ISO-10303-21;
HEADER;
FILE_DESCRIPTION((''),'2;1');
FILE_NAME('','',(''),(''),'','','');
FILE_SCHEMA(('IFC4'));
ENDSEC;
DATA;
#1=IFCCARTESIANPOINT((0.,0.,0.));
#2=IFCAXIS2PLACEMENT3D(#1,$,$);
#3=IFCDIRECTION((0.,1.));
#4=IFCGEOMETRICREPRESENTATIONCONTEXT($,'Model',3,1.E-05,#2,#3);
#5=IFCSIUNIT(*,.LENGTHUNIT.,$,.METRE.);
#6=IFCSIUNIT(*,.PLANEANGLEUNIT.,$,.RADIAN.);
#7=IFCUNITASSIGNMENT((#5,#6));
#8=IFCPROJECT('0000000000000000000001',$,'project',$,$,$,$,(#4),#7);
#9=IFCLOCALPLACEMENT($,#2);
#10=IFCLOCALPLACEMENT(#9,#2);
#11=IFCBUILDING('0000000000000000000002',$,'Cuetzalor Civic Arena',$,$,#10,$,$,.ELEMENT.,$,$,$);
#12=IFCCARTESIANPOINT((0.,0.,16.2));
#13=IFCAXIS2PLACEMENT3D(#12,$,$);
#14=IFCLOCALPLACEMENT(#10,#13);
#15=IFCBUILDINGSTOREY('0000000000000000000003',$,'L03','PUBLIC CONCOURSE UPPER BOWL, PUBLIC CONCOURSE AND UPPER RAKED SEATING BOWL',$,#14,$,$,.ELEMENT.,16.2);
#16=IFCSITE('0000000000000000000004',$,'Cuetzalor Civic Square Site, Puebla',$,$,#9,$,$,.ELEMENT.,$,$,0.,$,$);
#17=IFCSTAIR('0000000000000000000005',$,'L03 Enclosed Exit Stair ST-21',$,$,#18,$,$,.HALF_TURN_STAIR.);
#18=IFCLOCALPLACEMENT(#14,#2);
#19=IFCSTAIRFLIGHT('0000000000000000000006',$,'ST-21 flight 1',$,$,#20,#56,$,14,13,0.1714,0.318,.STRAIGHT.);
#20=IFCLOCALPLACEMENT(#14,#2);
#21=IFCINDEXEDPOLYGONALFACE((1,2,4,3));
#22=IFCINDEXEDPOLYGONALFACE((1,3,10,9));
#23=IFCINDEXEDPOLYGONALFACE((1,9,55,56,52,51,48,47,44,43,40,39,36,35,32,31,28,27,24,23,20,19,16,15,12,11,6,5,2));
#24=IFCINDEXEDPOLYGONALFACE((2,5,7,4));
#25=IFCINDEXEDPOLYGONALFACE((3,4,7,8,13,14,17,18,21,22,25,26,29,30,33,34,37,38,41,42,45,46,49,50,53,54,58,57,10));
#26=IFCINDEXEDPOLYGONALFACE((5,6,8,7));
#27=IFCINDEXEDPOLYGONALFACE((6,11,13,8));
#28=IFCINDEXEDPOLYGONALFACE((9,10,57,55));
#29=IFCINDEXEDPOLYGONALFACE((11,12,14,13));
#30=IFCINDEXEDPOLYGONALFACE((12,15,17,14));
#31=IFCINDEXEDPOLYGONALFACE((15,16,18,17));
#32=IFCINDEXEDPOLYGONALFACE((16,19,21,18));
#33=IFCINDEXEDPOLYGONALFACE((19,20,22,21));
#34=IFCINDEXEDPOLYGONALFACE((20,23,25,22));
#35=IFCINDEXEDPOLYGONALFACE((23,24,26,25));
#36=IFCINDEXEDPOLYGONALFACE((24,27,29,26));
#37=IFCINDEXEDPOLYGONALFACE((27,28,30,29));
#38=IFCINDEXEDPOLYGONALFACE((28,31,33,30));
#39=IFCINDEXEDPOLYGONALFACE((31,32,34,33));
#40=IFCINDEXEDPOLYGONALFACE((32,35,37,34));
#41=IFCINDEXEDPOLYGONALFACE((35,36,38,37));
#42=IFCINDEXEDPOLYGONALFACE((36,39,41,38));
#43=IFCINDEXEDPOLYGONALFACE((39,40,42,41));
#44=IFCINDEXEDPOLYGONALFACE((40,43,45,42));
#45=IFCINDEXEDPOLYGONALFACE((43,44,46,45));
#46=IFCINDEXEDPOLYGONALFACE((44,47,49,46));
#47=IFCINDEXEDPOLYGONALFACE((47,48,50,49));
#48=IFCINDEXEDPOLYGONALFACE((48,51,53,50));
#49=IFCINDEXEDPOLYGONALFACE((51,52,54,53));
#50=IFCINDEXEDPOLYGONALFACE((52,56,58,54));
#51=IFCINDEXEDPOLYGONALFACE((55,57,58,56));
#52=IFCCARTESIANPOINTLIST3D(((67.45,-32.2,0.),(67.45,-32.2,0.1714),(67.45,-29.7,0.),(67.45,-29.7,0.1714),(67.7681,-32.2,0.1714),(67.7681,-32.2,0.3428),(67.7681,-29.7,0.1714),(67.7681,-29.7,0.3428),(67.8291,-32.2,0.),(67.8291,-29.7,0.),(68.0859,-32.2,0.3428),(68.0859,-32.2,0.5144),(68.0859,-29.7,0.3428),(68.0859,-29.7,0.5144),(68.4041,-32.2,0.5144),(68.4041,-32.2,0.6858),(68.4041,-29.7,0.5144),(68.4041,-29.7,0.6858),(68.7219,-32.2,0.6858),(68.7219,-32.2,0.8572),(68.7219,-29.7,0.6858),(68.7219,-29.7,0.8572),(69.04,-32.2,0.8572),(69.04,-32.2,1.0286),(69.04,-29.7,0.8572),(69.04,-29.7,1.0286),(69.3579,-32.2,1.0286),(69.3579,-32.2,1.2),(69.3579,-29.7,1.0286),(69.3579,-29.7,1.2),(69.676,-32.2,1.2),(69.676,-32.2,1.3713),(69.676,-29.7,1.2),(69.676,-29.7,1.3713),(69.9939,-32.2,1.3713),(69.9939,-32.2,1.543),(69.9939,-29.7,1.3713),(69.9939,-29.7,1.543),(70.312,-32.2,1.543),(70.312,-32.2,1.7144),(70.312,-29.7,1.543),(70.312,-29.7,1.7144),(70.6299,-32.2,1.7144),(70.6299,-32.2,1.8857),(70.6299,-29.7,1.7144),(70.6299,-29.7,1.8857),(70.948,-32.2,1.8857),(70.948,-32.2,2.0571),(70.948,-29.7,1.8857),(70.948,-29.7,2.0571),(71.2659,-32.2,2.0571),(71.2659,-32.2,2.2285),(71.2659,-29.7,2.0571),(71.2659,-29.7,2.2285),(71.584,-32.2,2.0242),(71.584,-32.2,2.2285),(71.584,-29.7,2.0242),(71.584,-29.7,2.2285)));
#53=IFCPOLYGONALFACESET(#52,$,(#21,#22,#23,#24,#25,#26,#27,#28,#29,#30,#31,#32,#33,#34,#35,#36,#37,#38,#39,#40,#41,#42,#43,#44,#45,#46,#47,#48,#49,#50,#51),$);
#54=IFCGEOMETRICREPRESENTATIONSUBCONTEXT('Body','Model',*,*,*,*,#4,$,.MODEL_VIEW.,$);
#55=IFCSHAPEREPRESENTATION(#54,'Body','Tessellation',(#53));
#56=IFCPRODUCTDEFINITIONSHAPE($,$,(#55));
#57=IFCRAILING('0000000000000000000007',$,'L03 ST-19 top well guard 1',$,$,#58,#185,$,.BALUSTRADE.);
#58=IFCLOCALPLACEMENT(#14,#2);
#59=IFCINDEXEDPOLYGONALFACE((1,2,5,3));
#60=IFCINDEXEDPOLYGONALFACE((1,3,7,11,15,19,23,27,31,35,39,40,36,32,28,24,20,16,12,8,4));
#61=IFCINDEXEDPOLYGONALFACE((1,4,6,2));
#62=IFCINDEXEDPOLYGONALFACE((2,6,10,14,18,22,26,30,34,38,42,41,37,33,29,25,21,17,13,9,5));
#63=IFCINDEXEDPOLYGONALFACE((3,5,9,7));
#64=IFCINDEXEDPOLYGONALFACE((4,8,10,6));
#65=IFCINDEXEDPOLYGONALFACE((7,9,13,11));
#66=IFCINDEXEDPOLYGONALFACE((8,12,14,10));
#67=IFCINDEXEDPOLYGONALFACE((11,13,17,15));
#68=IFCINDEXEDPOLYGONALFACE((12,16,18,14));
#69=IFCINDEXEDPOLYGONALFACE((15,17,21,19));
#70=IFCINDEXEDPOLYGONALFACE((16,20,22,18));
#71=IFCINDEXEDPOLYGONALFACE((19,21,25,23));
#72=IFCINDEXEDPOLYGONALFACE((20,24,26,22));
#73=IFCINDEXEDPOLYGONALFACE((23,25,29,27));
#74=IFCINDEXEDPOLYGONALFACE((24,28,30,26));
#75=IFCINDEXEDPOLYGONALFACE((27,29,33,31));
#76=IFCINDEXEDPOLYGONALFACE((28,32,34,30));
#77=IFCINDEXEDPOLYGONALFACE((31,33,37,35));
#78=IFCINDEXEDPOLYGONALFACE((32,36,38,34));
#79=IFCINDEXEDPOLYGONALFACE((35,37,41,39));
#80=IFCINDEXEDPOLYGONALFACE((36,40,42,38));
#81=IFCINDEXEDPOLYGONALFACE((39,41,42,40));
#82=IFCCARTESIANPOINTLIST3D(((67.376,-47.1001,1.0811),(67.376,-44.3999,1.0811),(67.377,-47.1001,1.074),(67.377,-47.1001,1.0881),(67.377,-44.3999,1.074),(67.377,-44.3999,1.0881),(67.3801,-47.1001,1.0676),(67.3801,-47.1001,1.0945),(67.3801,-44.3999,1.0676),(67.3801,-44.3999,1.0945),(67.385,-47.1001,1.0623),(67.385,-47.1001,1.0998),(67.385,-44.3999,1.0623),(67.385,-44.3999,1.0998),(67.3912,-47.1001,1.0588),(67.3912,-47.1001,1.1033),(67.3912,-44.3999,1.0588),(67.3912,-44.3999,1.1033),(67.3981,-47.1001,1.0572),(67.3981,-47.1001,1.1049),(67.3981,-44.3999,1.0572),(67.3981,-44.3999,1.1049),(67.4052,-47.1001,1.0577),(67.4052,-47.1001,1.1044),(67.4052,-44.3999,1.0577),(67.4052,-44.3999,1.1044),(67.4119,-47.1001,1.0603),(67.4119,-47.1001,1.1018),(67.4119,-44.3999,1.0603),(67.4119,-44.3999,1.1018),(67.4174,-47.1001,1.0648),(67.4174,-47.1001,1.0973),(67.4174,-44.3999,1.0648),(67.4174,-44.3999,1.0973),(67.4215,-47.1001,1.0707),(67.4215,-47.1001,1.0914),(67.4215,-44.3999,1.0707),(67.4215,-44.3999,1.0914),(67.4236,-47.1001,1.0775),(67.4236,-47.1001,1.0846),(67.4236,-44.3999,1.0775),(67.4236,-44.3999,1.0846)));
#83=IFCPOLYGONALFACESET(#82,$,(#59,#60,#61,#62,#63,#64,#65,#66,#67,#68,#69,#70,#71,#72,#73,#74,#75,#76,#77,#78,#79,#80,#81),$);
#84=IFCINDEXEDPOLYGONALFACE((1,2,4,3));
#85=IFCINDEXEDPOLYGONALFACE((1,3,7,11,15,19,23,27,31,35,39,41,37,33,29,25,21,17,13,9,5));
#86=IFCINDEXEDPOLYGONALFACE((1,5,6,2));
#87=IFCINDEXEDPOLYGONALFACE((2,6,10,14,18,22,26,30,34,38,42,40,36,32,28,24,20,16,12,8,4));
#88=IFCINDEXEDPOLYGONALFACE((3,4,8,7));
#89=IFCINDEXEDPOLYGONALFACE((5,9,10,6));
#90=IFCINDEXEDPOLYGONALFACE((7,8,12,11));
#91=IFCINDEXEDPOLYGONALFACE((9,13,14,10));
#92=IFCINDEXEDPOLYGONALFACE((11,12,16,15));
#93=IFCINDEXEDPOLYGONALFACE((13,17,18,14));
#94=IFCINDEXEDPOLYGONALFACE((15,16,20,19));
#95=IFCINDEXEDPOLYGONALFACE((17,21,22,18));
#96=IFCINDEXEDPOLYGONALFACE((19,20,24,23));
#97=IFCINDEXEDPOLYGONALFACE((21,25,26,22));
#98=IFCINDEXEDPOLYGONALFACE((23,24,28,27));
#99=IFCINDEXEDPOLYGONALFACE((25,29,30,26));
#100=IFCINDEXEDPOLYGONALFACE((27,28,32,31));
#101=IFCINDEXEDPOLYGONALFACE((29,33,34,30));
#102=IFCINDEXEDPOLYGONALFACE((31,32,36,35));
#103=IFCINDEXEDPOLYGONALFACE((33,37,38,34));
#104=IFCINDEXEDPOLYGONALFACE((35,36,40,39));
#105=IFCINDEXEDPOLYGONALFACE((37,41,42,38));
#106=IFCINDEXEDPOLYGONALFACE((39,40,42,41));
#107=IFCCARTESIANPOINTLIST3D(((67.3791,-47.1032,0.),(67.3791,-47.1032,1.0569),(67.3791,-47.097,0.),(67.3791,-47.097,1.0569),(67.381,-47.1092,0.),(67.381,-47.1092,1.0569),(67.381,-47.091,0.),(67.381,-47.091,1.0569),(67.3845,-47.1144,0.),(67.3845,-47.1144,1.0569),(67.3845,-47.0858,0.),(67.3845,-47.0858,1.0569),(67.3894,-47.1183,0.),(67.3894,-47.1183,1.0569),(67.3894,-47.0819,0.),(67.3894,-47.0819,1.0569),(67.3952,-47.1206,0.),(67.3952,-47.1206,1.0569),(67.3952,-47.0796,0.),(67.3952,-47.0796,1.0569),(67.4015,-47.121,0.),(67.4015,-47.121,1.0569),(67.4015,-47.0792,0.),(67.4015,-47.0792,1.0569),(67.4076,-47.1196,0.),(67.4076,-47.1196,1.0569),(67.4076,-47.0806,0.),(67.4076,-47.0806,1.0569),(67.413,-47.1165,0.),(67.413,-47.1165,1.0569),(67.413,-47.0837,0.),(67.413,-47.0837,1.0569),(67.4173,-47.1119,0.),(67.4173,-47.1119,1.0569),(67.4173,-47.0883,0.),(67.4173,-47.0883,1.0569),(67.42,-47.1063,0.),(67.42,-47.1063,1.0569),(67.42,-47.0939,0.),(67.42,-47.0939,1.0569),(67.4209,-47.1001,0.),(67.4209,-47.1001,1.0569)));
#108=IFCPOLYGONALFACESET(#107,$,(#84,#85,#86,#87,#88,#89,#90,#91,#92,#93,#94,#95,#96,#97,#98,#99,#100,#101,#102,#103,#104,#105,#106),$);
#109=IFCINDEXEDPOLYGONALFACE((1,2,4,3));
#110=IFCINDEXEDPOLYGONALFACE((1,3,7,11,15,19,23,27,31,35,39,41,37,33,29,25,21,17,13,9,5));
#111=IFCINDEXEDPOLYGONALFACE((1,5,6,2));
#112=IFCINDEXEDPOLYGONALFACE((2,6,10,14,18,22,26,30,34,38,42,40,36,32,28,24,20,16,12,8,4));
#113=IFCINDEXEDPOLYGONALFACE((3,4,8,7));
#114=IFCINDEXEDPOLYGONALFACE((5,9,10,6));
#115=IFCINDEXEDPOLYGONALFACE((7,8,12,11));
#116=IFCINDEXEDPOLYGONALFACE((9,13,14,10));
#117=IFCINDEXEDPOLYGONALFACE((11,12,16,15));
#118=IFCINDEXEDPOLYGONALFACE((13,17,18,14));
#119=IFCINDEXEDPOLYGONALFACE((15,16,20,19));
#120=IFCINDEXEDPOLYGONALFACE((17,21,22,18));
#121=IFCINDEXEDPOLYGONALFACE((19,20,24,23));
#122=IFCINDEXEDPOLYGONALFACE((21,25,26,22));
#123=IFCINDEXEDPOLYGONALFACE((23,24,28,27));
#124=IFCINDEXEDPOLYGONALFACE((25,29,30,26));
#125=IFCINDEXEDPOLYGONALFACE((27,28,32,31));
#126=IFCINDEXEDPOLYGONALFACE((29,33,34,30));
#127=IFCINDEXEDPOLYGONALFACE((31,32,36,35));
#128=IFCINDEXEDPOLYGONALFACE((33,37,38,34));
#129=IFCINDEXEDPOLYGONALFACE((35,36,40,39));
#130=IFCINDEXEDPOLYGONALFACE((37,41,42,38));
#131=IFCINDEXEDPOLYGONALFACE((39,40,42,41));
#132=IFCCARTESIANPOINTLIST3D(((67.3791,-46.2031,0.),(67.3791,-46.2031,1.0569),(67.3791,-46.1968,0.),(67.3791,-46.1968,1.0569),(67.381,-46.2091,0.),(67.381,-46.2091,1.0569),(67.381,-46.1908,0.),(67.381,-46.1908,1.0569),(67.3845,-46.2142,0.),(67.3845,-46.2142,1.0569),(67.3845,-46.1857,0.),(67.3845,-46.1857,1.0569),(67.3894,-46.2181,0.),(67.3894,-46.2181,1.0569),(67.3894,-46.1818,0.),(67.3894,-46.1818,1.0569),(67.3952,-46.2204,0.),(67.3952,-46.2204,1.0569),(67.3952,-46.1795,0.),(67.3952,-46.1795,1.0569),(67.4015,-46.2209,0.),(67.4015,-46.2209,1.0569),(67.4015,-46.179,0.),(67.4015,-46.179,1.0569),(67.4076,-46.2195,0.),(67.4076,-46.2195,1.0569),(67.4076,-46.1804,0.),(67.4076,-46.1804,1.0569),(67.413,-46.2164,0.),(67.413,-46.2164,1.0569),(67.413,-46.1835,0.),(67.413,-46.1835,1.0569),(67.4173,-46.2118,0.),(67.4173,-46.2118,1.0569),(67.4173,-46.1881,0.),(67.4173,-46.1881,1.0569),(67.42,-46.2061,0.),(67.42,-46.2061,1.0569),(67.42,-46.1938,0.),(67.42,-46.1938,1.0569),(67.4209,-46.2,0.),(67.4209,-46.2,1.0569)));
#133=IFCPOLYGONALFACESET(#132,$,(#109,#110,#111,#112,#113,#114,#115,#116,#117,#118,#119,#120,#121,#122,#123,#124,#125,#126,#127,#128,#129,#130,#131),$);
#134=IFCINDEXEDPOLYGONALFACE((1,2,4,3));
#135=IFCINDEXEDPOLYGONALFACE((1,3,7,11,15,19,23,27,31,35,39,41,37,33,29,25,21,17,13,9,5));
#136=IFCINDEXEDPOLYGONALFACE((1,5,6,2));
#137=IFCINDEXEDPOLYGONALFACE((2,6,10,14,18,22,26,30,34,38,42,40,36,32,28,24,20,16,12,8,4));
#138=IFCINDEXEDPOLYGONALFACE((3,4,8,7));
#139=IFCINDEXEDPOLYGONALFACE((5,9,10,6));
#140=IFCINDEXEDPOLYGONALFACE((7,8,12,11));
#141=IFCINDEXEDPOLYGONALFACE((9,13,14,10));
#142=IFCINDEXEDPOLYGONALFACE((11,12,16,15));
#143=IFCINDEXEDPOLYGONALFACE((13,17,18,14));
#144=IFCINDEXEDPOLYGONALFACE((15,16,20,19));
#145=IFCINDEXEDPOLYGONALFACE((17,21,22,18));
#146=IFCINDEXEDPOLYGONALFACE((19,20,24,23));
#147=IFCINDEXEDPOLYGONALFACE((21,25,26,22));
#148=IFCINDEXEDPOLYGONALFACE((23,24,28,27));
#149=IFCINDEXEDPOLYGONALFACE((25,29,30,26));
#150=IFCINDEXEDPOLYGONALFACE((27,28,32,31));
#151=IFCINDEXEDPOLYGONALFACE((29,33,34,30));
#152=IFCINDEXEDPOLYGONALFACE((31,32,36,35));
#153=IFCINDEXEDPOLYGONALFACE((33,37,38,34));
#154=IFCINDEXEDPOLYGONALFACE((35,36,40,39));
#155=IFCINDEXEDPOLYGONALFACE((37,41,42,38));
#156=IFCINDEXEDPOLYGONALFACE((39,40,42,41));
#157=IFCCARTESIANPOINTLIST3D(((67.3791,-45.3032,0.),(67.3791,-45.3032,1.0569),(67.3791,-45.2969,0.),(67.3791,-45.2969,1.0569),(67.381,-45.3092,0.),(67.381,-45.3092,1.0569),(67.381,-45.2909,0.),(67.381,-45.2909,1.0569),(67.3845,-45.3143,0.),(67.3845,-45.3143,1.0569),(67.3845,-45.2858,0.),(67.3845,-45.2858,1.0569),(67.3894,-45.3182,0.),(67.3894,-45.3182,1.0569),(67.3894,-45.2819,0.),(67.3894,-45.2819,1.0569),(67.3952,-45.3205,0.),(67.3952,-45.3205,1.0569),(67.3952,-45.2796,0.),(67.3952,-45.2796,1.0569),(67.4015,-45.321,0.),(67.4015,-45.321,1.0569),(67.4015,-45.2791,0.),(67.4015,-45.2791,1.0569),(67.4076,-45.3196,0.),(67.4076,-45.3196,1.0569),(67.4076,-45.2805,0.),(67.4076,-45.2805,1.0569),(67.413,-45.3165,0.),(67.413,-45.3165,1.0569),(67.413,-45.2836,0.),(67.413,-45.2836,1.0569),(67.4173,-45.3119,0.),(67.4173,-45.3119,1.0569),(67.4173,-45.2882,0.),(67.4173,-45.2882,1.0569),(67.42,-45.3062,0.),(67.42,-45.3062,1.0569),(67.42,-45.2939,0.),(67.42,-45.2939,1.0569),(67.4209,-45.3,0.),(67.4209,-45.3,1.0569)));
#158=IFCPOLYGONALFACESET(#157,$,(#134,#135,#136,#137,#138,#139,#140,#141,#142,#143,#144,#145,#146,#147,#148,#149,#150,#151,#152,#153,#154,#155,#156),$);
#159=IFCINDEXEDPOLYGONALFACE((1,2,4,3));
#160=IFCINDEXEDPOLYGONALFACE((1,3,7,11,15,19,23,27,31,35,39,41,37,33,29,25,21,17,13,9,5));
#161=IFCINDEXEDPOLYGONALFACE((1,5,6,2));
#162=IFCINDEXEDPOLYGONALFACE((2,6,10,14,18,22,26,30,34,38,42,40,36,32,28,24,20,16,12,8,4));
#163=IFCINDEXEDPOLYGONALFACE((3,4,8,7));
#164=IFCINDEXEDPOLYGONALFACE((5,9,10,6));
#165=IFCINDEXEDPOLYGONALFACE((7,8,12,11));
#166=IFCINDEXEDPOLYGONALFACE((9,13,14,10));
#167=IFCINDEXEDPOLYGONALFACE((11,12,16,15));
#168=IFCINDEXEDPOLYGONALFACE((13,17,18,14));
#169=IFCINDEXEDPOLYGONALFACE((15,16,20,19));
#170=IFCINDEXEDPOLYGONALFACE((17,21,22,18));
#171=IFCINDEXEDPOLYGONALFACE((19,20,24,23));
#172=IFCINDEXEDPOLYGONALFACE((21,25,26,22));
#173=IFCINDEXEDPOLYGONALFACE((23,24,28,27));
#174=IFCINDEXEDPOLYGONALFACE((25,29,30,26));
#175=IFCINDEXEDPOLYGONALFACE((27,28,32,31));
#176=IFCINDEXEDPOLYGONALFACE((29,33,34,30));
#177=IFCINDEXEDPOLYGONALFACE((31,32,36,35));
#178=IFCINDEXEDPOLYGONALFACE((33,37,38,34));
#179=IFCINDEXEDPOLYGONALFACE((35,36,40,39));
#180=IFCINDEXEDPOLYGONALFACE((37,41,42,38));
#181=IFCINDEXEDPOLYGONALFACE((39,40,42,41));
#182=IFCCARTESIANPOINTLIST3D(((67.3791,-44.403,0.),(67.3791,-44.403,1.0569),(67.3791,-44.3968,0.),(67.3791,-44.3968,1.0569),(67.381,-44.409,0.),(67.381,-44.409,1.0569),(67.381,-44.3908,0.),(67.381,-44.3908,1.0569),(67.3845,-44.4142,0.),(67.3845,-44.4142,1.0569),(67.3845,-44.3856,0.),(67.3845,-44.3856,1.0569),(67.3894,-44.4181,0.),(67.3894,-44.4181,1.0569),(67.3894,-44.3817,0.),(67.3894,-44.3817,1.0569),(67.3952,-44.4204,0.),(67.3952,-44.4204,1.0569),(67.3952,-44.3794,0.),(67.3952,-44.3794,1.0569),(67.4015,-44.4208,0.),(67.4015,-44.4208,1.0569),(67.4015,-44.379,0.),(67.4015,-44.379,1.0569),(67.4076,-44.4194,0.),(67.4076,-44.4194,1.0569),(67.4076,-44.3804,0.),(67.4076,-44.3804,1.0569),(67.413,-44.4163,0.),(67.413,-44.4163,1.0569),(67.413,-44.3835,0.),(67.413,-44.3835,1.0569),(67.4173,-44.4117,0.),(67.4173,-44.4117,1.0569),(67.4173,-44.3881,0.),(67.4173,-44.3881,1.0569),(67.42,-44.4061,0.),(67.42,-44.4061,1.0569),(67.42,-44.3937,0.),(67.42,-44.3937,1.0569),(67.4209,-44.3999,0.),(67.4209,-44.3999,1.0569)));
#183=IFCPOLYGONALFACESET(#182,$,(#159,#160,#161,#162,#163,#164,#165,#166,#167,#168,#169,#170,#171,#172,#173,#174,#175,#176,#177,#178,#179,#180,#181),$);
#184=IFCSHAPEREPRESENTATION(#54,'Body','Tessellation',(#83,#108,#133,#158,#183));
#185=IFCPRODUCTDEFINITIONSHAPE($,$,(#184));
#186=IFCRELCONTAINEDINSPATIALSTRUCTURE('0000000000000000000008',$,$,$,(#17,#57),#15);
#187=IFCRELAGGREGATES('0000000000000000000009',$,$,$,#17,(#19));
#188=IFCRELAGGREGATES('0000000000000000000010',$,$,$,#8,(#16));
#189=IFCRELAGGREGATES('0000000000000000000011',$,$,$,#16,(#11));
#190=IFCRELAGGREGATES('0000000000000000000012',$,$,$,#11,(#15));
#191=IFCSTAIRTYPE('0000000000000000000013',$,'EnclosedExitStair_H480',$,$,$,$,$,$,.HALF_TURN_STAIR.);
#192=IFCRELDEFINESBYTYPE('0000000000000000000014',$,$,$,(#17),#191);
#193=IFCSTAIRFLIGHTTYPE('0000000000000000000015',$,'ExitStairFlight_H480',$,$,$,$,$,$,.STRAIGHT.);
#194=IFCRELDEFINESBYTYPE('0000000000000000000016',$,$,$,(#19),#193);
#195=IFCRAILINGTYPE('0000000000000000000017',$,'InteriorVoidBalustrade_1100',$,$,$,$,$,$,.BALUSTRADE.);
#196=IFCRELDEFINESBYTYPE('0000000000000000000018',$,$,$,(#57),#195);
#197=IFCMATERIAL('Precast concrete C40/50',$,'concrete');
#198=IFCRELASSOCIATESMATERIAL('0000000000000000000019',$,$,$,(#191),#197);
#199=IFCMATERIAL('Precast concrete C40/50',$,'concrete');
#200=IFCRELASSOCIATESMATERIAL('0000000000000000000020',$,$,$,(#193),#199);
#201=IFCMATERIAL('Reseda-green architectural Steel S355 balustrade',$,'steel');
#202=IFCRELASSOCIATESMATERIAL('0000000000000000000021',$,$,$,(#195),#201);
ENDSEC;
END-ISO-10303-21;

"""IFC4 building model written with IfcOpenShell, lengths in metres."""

from ifc_helpers import new_model, si_unit, direction, frame, origin, origin_2d, place, context, subcontext, project, spatial, polyline, circle, outline, extrude, material, type_object, element, aggregate, save


model = new_model("IFC4")

# Units and contexts
model_context = context("Model", 3, precision=1e-05, world=origin(), true_north=direction((0.0, 1.0)))
body_context = subcontext(model_context, "Body", "Model", "MODEL_VIEW")
ifc_project = project(units=[si_unit("LENGTHUNIT", "METRE"), si_unit("PLANEANGLEUNIT", "RADIAN")], contexts=[model_context])

# Site, building, storey
site_placement = place(None, origin())
site = spatial("IfcSite", under=ifc_project, at=site_placement, Name="Cuetzalor Civic Square Site, Puebla", CompositionType="ELEMENT", RefElevation=0.0)
building_placement = place(site_placement, origin())
building = spatial("IfcBuilding", under=site, at=building_placement, Name="Cuetzalor Civic Arena", CompositionType="ELEMENT")
storey_placement = place(building_placement, frame((0.0, 0.0, 16.2)))
storey = spatial("IfcBuildingStorey", under=building, at=storey_placement, Name="L03", Description="PUBLIC CONCOURSE UPPER BOWL, PUBLIC CONCOURSE AND UPPER RAKED SEATING BOWL", CompositionType="ELEMENT", Elevation=16.2)

# Stair, stair flight
ifc_material_1 = material(Name="Precast concrete C40/50", Category="concrete")
stair_type = type_object("IfcStairType", Name="EnclosedExitStair_H480", PredefinedType="HALF_TURN_STAIR", material=ifc_material_1)
stair_placement = place(storey_placement, origin())
stair = element("IfcStair", 1, at=stair_placement, inside=storey, type_object=stair_type, Name="L03 Enclosed Exit Stair ST-21", PredefinedType="HALF_TURN_STAIR")
ifc_material_2 = material(Name="Precast concrete C40/50", Category="concrete")
stair_flight_type = type_object("IfcStairFlightType", Name="ExitStairFlight_H480", PredefinedType="STRAIGHT", material=ifc_material_2)
stair_flight_placement = place(storey_placement, frame((67.45, -30.95, 0.0), z_axis=(0.0, 0.0, 1.0), x_axis=(1.0, 0.0, 0.0)))
stair_flight = element("IfcStairFlight", 2, at=stair_flight_placement, type_object=stair_flight_type, Name="ST-21 flight 1", NumberOfRisers=14, NumberOfTreads=13, PredefinedType="STRAIGHT", RiserHeight=0.1714, TreadLength=0.318, context=body_context, shape_type="SweptSolid", body=[
    extrude(outline(polyline([(0.0, 0.0), (0.0, 0.1714), (0.3181, 0.1714), (0.3181, 0.3428), (0.636, 0.3428), (0.636, 0.5144), (0.9541, 0.5144), (0.9541, 0.6858), (1.272, 0.6858), (1.272, 0.8572), (1.5901, 0.8572), (1.5901, 1.0286), (1.908, 1.0286), (1.908, 1.2), (2.2261, 1.2), (2.2261, 1.3713), (2.5439, 1.3713), (2.5439, 1.543), (2.8621, 1.543), (2.8621, 1.7144), (3.1799, 1.7144), (3.1799, 1.8857), (3.498, 1.8857), (3.498, 2.0571), (3.8159, 2.0571), (3.8159, 2.2285), (4.134, 2.2285), (4.134, 2.3999), (4.134, 2.0242), (0.3792, 0.0), (0.0, 0.0)])), frame((0.0, 1.25, 0.0), z_axis=(0.0, -1.0, 0.0), x_axis=(1.0, 0.0, 0.0)), (0.0, 0.0, 1.0), 2.5),
])
aggregate(stair, [stair_flight])

# Railing
ifc_material_3 = material(Name="Reseda-green architectural Steel S355 balustrade", Category="steel")
railing_type_1 = type_object("IfcRailingType", Name="InteriorVoidBalustrade_1100", PredefinedType="BALUSTRADE", material=ifc_material_3)
railing_1_placement = place(storey_placement, frame((67.3999, -47.1001, 0.0)))
element("IfcRailing", 3, at=railing_1_placement, inside=storey, type_object=railing_type_1, Name="L03 ST-19 top well guard 1", PredefinedType="BALUSTRADE", context=body_context, shape_type="SweptSolid", body=[
    extrude(circle(Radius=0.0239, at=origin_2d()), frame((0.0, 0.0, 1.0811), z_axis=(0.0, 1.0, 0.0), x_axis=(-1.0, 0.0, 0.0)), (0.0, 0.0, 1.0), 2.7002),
    extrude(circle(Radius=0.021, at=origin_2d()), origin(), (0.0, 0.0, 1.0), 1.0569),
    extrude(circle(Radius=0.021, at=origin_2d()), frame((0.0, 0.9001, 0.0)), (0.0, 0.0, 1.0), 1.0569),
    extrude(circle(Radius=0.021, at=origin_2d()), frame((0.0, 1.8, 0.0)), (0.0, 0.0, 1.0), 1.0569),
    extrude(circle(Radius=0.021, at=origin_2d()), frame((0.0, 2.7002, 0.0)), (0.0, 0.0, 1.0), 1.0569),
])

save(model, "model.ifc")
